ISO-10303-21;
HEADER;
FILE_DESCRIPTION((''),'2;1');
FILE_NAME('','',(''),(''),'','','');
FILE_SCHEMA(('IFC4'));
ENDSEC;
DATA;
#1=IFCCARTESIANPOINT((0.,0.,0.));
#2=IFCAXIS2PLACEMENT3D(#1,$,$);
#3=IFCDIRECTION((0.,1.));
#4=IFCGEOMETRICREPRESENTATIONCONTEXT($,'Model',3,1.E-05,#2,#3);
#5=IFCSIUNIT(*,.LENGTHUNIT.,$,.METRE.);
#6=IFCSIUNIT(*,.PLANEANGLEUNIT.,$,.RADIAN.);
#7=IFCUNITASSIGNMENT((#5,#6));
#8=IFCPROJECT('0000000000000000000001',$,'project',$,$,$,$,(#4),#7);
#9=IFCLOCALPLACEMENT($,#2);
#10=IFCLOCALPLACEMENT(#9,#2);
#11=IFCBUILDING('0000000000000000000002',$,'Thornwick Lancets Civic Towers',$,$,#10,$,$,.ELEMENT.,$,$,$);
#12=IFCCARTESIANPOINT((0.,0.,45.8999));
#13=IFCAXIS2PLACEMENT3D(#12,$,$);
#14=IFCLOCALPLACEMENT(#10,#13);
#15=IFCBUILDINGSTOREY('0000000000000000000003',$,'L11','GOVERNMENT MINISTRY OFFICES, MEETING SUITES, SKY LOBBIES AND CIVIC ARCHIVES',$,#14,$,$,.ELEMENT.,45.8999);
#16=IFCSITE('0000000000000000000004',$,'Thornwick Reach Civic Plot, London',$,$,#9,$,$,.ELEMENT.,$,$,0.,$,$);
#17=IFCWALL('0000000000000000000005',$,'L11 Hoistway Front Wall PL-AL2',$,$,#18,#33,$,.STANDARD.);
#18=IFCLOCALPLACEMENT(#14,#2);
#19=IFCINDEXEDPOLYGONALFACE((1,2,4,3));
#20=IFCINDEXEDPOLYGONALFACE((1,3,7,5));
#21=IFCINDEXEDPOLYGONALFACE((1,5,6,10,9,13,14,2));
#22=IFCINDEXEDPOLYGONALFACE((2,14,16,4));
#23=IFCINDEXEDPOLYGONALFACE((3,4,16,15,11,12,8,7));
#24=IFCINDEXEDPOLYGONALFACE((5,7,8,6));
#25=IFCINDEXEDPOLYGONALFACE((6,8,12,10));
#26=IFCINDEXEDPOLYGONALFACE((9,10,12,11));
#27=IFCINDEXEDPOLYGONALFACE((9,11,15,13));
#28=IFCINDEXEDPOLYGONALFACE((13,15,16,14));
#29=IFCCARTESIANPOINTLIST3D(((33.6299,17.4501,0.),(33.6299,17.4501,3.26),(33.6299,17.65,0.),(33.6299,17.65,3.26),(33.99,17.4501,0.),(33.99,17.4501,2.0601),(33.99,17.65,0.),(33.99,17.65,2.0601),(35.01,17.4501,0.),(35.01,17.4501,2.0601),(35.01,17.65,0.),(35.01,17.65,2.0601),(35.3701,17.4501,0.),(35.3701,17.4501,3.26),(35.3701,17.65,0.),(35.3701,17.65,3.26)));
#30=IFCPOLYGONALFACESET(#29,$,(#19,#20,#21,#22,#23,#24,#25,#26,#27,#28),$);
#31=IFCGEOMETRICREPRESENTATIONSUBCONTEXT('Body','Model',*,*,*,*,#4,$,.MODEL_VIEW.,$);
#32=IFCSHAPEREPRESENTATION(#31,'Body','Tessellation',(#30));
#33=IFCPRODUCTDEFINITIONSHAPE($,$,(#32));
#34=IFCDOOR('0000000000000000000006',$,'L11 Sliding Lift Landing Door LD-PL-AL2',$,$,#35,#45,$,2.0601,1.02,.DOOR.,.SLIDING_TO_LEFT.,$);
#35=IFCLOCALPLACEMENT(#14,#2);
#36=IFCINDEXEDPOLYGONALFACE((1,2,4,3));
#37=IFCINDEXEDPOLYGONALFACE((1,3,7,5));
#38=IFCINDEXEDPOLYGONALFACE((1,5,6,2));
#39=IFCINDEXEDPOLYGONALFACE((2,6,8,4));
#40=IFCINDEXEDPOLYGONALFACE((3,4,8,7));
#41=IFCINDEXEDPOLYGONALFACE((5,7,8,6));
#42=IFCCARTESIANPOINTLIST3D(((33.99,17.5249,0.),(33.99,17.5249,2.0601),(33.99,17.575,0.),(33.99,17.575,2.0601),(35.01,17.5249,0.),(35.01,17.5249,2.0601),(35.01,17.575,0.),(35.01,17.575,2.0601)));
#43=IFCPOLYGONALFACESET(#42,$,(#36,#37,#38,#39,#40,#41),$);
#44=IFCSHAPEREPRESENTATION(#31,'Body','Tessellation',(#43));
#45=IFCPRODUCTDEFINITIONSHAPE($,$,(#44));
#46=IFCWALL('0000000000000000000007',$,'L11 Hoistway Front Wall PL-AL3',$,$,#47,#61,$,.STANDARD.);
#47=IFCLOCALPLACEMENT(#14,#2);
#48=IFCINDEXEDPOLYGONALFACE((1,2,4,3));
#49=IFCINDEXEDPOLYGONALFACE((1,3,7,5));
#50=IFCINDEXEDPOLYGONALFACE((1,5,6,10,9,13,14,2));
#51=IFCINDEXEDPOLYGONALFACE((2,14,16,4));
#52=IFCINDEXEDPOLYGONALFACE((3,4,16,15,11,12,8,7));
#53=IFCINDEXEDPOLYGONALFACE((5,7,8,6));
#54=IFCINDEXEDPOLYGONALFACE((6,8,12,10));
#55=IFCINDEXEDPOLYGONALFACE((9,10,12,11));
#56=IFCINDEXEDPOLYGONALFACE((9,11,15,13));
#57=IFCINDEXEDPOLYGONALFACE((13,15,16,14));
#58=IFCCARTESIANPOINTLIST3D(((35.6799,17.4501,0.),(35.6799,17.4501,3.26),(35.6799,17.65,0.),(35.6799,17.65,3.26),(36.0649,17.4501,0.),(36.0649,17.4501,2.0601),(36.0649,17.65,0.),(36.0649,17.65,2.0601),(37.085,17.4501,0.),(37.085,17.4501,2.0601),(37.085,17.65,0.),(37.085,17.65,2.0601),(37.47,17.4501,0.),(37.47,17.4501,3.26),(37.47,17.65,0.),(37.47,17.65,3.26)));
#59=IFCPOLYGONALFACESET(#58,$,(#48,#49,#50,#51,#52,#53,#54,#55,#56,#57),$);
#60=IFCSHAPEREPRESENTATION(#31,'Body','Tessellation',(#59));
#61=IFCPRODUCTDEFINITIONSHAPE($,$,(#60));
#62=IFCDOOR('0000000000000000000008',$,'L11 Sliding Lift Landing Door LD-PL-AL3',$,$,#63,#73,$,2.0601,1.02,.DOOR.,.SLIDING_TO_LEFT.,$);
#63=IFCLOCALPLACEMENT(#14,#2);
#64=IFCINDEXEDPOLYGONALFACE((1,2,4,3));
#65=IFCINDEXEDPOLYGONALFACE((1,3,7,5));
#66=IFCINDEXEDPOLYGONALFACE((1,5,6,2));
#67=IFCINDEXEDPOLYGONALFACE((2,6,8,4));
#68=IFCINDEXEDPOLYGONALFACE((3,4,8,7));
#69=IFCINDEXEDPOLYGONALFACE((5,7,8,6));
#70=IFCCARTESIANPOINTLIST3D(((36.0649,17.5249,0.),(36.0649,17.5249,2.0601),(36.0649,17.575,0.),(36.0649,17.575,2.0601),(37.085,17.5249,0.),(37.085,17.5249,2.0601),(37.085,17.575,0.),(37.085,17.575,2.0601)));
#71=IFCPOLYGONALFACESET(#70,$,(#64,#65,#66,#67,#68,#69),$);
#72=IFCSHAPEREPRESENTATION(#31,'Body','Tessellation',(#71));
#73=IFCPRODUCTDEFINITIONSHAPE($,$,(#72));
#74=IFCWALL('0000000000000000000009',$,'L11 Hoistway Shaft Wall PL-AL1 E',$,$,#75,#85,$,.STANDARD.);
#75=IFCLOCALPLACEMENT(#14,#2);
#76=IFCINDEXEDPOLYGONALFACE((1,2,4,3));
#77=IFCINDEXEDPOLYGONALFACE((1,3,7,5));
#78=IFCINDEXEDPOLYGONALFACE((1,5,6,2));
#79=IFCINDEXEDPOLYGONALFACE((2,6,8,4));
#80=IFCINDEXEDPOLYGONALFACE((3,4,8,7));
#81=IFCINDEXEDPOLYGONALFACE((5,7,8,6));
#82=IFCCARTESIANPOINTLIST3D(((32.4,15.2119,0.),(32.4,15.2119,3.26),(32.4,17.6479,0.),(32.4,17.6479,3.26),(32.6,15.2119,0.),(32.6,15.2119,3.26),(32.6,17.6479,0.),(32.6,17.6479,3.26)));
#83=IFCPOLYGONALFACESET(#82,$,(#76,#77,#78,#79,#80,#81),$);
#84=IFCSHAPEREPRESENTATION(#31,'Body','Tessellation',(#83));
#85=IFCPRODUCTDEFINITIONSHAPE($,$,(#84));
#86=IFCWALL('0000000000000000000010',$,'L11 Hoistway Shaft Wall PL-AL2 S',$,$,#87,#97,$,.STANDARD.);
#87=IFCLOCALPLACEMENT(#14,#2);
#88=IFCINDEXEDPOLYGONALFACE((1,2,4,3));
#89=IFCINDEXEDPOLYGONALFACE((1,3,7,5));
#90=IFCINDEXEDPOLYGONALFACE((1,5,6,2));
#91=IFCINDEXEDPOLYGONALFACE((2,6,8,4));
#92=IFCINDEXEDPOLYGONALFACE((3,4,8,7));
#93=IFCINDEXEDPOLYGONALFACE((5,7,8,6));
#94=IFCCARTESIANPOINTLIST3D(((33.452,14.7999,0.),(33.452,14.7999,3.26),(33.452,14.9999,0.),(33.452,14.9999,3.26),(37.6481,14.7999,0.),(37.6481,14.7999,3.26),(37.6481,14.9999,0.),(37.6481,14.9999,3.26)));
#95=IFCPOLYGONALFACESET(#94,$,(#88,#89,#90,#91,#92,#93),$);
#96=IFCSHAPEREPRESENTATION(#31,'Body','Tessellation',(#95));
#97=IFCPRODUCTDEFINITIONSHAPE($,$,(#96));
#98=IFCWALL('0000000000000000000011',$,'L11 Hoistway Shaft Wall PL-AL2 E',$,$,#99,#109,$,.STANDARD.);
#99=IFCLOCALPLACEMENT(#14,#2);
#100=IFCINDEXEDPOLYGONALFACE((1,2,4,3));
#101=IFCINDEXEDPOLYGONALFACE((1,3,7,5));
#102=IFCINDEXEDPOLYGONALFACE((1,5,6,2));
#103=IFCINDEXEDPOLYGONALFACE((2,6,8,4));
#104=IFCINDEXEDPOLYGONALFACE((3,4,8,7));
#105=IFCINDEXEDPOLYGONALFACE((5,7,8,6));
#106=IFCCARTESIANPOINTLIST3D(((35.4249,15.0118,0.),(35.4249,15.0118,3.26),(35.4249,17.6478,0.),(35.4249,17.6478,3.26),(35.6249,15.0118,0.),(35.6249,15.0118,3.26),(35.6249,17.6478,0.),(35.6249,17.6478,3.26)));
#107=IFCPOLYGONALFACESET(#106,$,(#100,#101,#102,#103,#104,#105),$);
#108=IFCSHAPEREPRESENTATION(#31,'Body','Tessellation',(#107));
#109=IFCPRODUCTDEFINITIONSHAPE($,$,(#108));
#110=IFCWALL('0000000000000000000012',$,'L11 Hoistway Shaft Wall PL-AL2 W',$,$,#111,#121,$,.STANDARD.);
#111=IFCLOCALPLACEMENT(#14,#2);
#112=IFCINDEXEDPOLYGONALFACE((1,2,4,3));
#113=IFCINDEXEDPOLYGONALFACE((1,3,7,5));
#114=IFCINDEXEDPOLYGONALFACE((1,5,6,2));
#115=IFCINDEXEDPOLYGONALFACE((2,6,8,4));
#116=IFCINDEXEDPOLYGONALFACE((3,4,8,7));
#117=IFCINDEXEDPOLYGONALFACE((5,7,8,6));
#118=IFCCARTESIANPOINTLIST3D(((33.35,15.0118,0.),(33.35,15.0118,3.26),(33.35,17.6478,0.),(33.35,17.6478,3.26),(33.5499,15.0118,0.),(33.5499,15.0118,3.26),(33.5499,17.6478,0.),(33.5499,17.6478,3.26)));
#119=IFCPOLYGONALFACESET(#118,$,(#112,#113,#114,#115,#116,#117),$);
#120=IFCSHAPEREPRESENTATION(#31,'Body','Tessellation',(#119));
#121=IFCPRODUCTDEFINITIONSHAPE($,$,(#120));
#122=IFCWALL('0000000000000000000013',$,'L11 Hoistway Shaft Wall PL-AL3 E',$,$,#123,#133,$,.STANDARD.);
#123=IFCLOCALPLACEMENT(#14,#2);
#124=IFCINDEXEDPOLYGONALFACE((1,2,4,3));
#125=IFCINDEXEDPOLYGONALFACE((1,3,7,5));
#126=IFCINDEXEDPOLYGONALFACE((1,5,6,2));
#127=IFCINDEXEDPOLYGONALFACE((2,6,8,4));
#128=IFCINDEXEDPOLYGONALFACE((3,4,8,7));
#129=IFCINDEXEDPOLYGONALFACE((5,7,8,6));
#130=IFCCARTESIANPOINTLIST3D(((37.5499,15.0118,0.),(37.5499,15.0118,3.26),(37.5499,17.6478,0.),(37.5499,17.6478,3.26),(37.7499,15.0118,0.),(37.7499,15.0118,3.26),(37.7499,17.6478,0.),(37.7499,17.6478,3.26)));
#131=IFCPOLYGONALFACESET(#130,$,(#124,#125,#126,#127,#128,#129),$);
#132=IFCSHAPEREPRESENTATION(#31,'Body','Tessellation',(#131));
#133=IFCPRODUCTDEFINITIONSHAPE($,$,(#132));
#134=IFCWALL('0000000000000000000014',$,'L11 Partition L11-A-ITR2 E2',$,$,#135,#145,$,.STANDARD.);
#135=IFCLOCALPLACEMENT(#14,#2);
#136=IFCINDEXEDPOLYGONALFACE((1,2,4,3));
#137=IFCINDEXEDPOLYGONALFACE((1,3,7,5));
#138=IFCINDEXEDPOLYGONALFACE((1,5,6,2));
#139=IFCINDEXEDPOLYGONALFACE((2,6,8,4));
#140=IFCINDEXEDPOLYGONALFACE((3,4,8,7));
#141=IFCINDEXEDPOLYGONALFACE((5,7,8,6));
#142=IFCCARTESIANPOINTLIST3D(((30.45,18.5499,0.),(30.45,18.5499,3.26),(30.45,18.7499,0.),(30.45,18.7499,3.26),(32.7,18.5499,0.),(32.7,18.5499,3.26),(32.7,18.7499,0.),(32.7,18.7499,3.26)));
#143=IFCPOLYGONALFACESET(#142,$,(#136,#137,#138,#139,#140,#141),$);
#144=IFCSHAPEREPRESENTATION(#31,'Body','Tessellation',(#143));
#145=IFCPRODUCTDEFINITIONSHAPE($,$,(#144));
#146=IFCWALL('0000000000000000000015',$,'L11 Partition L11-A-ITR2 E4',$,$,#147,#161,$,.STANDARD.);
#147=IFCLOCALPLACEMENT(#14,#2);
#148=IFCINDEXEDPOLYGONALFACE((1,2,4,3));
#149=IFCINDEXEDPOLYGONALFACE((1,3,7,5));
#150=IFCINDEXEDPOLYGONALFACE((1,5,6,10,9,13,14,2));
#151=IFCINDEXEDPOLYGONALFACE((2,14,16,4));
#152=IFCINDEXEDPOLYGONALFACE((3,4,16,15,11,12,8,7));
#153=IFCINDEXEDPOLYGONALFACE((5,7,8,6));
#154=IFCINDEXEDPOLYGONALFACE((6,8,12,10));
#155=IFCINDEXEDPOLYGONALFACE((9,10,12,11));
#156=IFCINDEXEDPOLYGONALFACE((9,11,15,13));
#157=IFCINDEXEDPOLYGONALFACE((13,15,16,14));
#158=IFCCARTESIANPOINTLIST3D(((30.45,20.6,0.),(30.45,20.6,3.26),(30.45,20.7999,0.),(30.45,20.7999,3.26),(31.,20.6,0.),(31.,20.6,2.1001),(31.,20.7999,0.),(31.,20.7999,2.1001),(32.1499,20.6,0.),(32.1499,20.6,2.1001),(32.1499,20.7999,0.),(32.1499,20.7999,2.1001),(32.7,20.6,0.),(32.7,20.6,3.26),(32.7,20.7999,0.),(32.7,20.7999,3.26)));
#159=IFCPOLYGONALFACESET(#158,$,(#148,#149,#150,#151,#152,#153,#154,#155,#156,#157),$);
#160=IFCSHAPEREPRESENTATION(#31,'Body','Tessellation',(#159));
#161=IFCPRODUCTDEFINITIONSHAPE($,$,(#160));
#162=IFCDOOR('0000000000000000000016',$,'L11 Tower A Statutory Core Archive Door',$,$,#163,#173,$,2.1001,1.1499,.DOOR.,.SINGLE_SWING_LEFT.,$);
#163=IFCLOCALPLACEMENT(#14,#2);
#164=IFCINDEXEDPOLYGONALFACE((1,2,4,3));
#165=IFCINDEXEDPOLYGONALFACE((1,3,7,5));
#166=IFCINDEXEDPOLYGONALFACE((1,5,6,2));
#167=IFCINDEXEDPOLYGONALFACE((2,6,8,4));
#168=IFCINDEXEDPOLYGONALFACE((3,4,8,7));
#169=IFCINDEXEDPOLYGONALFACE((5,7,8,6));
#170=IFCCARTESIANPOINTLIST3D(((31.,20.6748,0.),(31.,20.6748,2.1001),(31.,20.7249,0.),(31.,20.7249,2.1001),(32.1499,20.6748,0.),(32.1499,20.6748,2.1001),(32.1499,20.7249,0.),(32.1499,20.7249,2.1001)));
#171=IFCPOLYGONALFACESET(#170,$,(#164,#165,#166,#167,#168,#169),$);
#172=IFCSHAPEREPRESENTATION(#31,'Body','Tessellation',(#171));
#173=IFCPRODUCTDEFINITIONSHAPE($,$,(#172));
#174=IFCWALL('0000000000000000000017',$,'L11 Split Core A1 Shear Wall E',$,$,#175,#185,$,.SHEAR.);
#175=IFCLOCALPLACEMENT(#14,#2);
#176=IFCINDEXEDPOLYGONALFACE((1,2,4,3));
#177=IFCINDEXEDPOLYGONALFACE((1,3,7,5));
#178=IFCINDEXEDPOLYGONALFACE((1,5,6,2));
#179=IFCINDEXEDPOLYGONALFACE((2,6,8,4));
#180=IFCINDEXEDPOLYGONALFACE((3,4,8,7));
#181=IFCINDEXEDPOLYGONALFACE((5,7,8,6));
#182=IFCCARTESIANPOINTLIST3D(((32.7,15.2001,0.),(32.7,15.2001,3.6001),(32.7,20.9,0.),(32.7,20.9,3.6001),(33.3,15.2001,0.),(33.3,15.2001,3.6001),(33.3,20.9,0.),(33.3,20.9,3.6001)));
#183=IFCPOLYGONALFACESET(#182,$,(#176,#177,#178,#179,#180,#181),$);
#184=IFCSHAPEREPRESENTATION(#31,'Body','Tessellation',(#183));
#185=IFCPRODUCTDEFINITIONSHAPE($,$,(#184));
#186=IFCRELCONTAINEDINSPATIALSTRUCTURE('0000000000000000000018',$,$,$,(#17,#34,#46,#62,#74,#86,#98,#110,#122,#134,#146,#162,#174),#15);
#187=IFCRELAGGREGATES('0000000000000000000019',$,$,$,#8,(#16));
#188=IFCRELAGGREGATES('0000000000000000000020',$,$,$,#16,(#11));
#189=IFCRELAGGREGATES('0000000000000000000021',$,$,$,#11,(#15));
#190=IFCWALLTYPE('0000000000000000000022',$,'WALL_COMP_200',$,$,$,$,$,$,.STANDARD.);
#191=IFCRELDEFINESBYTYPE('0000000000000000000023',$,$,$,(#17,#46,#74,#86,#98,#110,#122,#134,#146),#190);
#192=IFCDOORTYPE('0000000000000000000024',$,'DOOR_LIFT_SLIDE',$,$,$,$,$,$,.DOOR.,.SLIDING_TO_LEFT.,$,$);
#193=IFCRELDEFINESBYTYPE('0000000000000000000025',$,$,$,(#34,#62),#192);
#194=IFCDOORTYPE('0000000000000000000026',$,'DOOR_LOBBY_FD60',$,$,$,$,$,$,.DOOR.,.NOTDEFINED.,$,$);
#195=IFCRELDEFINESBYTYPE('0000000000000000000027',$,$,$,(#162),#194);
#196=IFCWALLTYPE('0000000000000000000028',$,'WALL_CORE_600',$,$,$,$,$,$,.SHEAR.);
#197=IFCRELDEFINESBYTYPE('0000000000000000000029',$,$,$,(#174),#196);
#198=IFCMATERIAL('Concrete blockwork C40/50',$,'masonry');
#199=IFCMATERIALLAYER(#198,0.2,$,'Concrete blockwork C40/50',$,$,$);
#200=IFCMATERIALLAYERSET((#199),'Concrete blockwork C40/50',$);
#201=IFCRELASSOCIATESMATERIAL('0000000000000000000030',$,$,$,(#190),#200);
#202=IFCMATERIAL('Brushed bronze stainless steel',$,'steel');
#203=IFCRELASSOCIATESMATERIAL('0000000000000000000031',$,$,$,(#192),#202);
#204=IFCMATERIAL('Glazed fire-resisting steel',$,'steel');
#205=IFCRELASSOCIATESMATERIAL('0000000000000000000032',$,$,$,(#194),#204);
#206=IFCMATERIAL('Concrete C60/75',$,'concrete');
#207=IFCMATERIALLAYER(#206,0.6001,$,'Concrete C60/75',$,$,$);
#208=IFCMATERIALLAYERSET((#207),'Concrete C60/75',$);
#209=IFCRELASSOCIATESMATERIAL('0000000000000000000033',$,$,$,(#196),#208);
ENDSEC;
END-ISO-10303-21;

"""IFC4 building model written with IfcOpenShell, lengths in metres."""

from ifc_helpers import new_model, si_unit, direction, frame, frame_2d, origin, place, context, subcontext, project, spatial, rectangle, extrude, material, layer, layer_set, type_object, element, fill, save


model = new_model("IFC4")

# Units and contexts
model_context = context("Model", 3, precision=1e-05, world=origin(), true_north=direction((0.0, 1.0)))
body_context = subcontext(model_context, "Body", "Model", "MODEL_VIEW")
ifc_project = project(units=[si_unit("LENGTHUNIT", "METRE"), si_unit("PLANEANGLEUNIT", "RADIAN")], contexts=[model_context])

# Site, building, storey
site_placement = place(None, origin())
site = spatial("IfcSite", under=ifc_project, at=site_placement, Name="Thornwick Reach Civic Plot, London", CompositionType="ELEMENT", RefElevation=0.0)
building_placement = place(site_placement, origin())
building = spatial("IfcBuilding", under=site, at=building_placement, Name="Thornwick Lancets Civic Towers", CompositionType="ELEMENT")
storey_placement = place(building_placement, frame((0.0, 0.0, 45.8999)))
storey = spatial("IfcBuildingStorey", under=building, at=storey_placement, Name="L11", Description="GOVERNMENT MINISTRY OFFICES, MEETING SUITES, SKY LOBBIES AND CIVIC ARCHIVES", CompositionType="ELEMENT", Elevation=45.8999)

# Shared definitions
ifc_material_1 = material(Name="Concrete C60/75", Category="concrete")

# Walls, openings, doors
ifc_material_2 = material(Name="Concrete blockwork C40/50", Category="masonry")
ifc_layer_1 = layer(ifc_material_2, 0.2, Name="Concrete blockwork C40/50")
ifc_layer_set_1 = layer_set([ifc_layer_1], Name="Concrete blockwork C40/50")
wall_type_1 = type_object("IfcWallType", Name="WALL_COMP_200", PredefinedType="STANDARD", material=ifc_layer_set_1)
wall_1_placement = place(storey_placement, frame((33.6299, 17.55, 0.0), z_axis=(0.0, 0.0, 1.0), x_axis=(1.0, 0.0, 0.0)))
wall_1 = element("IfcWall", 1, at=wall_1_placement, inside=storey, type_object=wall_type_1, Name="L11 Hoistway Front Wall PL-AL2", PredefinedType="STANDARD", context=body_context, shape_type="SweptSolid", body=[
    extrude(rectangle(XDim=1.7402, YDim=0.2, at=frame_2d((0.8701, 0.0))), origin(), (0.0, 0.0, 1.0), 3.26),
])
opening_1_placement = place(wall_1_placement, frame((0.3601, 0.0, 0.0)))
opening_1 = element("IfcOpeningElement", 2, at=opening_1_placement, cuts=wall_1, PredefinedType="OPENING", context=body_context, shape_type="SweptSolid", body=[
    extrude(rectangle(XDim=1.02, YDim=2.0601, at=frame_2d((0.51, 1.03))), frame((0.0, 0.1099, 0.0), z_axis=(0.0, -1.0, 0.0), x_axis=(1.0, 0.0, 0.0)), (0.0, 0.0, 1.0), 0.22),
])
ifc_material_3 = material(Name="Brushed bronze stainless steel", Category="steel")
door_type_1 = type_object("IfcDoorType", Name="DOOR_LIFT_SLIDE", OperationType="SLIDING_TO_LEFT", PredefinedType="DOOR", material=ifc_material_3)
door_1_placement = place(opening_1_placement, origin())
door_1 = element("IfcDoor", 3, at=door_1_placement, inside=storey, type_object=door_type_1, Name="L11 Sliding Lift Landing Door LD-PL-AL2", OperationType="SLIDING_TO_LEFT", OverallHeight=2.0601, OverallWidth=1.02, PredefinedType="DOOR", context=body_context, shape_type="SweptSolid", body=[
    extrude(rectangle(XDim=1.02, YDim=2.0601, at=frame_2d((0.51, 1.03))), frame((0.0, 0.0249, 0.0), z_axis=(0.0, -1.0, 0.0), x_axis=(1.0, 0.0, 0.0)), (0.0, 0.0, 1.0), 0.05),
])
fill(opening_1, door_1)
wall_2_placement = place(storey_placement, frame((35.6799, 17.55, 0.0), z_axis=(0.0, 0.0, 1.0), x_axis=(1.0, 0.0, 0.0)))
wall_2 = element("IfcWall", 4, at=wall_2_placement, inside=storey, type_object=wall_type_1, Name="L11 Hoistway Front Wall PL-AL3", PredefinedType="STANDARD", context=body_context, shape_type="SweptSolid", body=[
    extrude(rectangle(XDim=1.79, YDim=0.2, at=frame_2d((0.895, 0.0))), origin(), (0.0, 0.0, 1.0), 3.26),
])
opening_2_placement = place(wall_2_placement, frame((0.385, 0.0, 0.0)))
opening_2 = element("IfcOpeningElement", 5, at=opening_2_placement, cuts=wall_2, PredefinedType="OPENING", context=body_context, shape_type="SweptSolid", body=[
    extrude(rectangle(XDim=1.02, YDim=2.0601, at=frame_2d((0.51, 1.03))), frame((0.0, 0.1099, 0.0), z_axis=(0.0, -1.0, 0.0), x_axis=(1.0, 0.0, 0.0)), (0.0, 0.0, 1.0), 0.22),
])
door_2_placement = place(opening_2_placement, origin())
door_2 = element("IfcDoor", 6, at=door_2_placement, inside=storey, type_object=door_type_1, Name="L11 Sliding Lift Landing Door LD-PL-AL3", OperationType="SLIDING_TO_LEFT", OverallHeight=2.0601, OverallWidth=1.02, PredefinedType="DOOR", context=body_context, shape_type="SweptSolid", body=[
    extrude(rectangle(XDim=1.02, YDim=2.0601, at=frame_2d((0.51, 1.03))), frame((0.0, 0.0249, 0.0), z_axis=(0.0, -1.0, 0.0), x_axis=(1.0, 0.0, 0.0)), (0.0, 0.0, 1.0), 0.05),
])
fill(opening_2, door_2)

# Walls
wall_3_placement = place(storey_placement, frame((32.5, 15.2119, 0.0), z_axis=(0.0, 0.0, 1.0), x_axis=(0.0, 1.0, 0.0)))
element("IfcWall", 7, at=wall_3_placement, inside=storey, type_object=wall_type_1, Name="L11 Hoistway Shaft Wall PL-AL1 E", PredefinedType="STANDARD", context=body_context, shape_type="SweptSolid", body=[
    extrude(rectangle(XDim=2.436, YDim=0.2, at=frame_2d((1.218, 0.0))), origin(), (0.0, 0.0, 1.0), 3.26),
])
wall_4_placement = place(storey_placement, frame((33.4519, 14.8999, 0.0), z_axis=(0.0, 0.0, 1.0), x_axis=(1.0, 0.0, 0.0)))
element("IfcWall", 8, at=wall_4_placement, inside=storey, type_object=wall_type_1, Name="L11 Hoistway Shaft Wall PL-AL2 S", PredefinedType="STANDARD", context=body_context, shape_type="SweptSolid", body=[
    extrude(rectangle(XDim=4.196, YDim=0.2, at=frame_2d((2.0981, 0.0))), origin(), (0.0, 0.0, 1.0), 3.26),
])
for number, where, z_axis, x_axis, name in (
    (9, (35.5249, 15.012, 0.0), (0.0, 0.0, 1.0), (0.0, 1.0, 0.0), "L11 Hoistway Shaft Wall PL-AL2 E"),
    (10, (33.45, 15.012, 0.0), (0.0, 0.0, 1.0), (0.0, 1.0, 0.0), "L11 Hoistway Shaft Wall PL-AL2 W"),
    (11, (37.6499, 15.012, 0.0), (0.0, 0.0, 1.0), (0.0, 1.0, 0.0), "L11 Hoistway Shaft Wall PL-AL3 E"),
):
    element("IfcWall", number, at=place(storey_placement, frame(where, z_axis=z_axis, x_axis=x_axis)), inside=storey, type_object=wall_type_1, Name=name, PredefinedType="STANDARD", context=body_context, shape_type="SweptSolid", body=[
        extrude(rectangle(XDim=2.636, YDim=0.2, at=frame_2d((1.3179, 0.0))), origin(), (0.0, 0.0, 1.0), 3.26),
    ])
wall_5_placement = place(storey_placement, frame((32.7, 18.6499, 0.0), z_axis=(0.0, 0.0, 1.0), x_axis=(-1.0, 0.0, 0.0)))
element("IfcWall", 12, at=wall_5_placement, inside=storey, type_object=wall_type_1, Name="L11 Partition L11-A-ITR2 E2", PredefinedType="STANDARD", context=body_context, shape_type="SweptSolid", body=[
    extrude(rectangle(XDim=2.25, YDim=0.2, at=frame_2d((1.125, 0.0))), origin(), (0.0, 0.0, 1.0), 3.26),
])

# Wall, opening, door
wall_6_placement = place(storey_placement, frame((30.45, 20.7, 0.0), z_axis=(0.0, 0.0, 1.0), x_axis=(1.0, 0.0, 0.0)))
wall_6 = element("IfcWall", 13, at=wall_6_placement, inside=storey, type_object=wall_type_1, Name="L11 Partition L11-A-ITR2 E4", PredefinedType="STANDARD", context=body_context, shape_type="SweptSolid", body=[
    extrude(rectangle(XDim=2.25, YDim=0.2, at=frame_2d((1.125, 0.0))), origin(), (0.0, 0.0, 1.0), 3.26),
])
opening_3_placement = place(wall_6_placement, frame((0.55, 0.0, 0.0)))
opening_3 = element("IfcOpeningElement", 14, at=opening_3_placement, cuts=wall_6, PredefinedType="OPENING", context=body_context, shape_type="SweptSolid", body=[
    extrude(rectangle(XDim=1.1499, YDim=2.1001, at=frame_2d((0.575, 1.05))), frame((0.0, 0.1099, 0.0), z_axis=(0.0, -1.0, 0.0), x_axis=(1.0, 0.0, 0.0)), (0.0, 0.0, 1.0), 0.22),
])
ifc_material_4 = material(Name="Glazed fire-resisting steel", Category="steel")
door_type_2 = type_object("IfcDoorType", Name="DOOR_LOBBY_FD60", OperationType="NOTDEFINED", PredefinedType="DOOR", material=ifc_material_4)
door_3_placement = place(opening_3_placement, origin())
door_3 = element("IfcDoor", 15, at=door_3_placement, inside=storey, type_object=door_type_2, Name="L11 Tower A Statutory Core Archive Door", OperationType="SINGLE_SWING_LEFT", OverallHeight=2.1001, OverallWidth=1.1499, PredefinedType="DOOR", context=body_context, shape_type="SweptSolid", body=[
    extrude(rectangle(XDim=1.1499, YDim=2.1001, at=frame_2d((0.575, 1.05))), frame((0.0, 0.0249, 0.0), z_axis=(0.0, -1.0, 0.0), x_axis=(1.0, 0.0, 0.0)), (0.0, 0.0, 1.0), 0.05),
])
fill(opening_3, door_3)

# Wall
ifc_layer_2 = layer(ifc_material_1, 0.6001, Name="Concrete C60/75")
ifc_layer_set_2 = layer_set([ifc_layer_2], Name="Concrete C60/75")
wall_type_2 = type_object("IfcWallType", Name="WALL_CORE_600", PredefinedType="SHEAR", material=ifc_layer_set_2)
wall_7_placement = place(storey_placement, frame((33.0, 15.2, 0.0), z_axis=(0.0, 0.0, 1.0), x_axis=(0.0, 1.0, 0.0)))
element("IfcWall", 16, at=wall_7_placement, inside=storey, type_object=wall_type_2, Name="L11 Split Core A1 Shear Wall E", PredefinedType="SHEAR", context=body_context, shape_type="SweptSolid", body=[
    extrude(rectangle(XDim=5.7, YDim=0.6001, at=frame_2d((2.8501, 0.0))), origin(), (0.0, 0.0, 1.0), 3.6001),
])

save(model, "model.ifc")
